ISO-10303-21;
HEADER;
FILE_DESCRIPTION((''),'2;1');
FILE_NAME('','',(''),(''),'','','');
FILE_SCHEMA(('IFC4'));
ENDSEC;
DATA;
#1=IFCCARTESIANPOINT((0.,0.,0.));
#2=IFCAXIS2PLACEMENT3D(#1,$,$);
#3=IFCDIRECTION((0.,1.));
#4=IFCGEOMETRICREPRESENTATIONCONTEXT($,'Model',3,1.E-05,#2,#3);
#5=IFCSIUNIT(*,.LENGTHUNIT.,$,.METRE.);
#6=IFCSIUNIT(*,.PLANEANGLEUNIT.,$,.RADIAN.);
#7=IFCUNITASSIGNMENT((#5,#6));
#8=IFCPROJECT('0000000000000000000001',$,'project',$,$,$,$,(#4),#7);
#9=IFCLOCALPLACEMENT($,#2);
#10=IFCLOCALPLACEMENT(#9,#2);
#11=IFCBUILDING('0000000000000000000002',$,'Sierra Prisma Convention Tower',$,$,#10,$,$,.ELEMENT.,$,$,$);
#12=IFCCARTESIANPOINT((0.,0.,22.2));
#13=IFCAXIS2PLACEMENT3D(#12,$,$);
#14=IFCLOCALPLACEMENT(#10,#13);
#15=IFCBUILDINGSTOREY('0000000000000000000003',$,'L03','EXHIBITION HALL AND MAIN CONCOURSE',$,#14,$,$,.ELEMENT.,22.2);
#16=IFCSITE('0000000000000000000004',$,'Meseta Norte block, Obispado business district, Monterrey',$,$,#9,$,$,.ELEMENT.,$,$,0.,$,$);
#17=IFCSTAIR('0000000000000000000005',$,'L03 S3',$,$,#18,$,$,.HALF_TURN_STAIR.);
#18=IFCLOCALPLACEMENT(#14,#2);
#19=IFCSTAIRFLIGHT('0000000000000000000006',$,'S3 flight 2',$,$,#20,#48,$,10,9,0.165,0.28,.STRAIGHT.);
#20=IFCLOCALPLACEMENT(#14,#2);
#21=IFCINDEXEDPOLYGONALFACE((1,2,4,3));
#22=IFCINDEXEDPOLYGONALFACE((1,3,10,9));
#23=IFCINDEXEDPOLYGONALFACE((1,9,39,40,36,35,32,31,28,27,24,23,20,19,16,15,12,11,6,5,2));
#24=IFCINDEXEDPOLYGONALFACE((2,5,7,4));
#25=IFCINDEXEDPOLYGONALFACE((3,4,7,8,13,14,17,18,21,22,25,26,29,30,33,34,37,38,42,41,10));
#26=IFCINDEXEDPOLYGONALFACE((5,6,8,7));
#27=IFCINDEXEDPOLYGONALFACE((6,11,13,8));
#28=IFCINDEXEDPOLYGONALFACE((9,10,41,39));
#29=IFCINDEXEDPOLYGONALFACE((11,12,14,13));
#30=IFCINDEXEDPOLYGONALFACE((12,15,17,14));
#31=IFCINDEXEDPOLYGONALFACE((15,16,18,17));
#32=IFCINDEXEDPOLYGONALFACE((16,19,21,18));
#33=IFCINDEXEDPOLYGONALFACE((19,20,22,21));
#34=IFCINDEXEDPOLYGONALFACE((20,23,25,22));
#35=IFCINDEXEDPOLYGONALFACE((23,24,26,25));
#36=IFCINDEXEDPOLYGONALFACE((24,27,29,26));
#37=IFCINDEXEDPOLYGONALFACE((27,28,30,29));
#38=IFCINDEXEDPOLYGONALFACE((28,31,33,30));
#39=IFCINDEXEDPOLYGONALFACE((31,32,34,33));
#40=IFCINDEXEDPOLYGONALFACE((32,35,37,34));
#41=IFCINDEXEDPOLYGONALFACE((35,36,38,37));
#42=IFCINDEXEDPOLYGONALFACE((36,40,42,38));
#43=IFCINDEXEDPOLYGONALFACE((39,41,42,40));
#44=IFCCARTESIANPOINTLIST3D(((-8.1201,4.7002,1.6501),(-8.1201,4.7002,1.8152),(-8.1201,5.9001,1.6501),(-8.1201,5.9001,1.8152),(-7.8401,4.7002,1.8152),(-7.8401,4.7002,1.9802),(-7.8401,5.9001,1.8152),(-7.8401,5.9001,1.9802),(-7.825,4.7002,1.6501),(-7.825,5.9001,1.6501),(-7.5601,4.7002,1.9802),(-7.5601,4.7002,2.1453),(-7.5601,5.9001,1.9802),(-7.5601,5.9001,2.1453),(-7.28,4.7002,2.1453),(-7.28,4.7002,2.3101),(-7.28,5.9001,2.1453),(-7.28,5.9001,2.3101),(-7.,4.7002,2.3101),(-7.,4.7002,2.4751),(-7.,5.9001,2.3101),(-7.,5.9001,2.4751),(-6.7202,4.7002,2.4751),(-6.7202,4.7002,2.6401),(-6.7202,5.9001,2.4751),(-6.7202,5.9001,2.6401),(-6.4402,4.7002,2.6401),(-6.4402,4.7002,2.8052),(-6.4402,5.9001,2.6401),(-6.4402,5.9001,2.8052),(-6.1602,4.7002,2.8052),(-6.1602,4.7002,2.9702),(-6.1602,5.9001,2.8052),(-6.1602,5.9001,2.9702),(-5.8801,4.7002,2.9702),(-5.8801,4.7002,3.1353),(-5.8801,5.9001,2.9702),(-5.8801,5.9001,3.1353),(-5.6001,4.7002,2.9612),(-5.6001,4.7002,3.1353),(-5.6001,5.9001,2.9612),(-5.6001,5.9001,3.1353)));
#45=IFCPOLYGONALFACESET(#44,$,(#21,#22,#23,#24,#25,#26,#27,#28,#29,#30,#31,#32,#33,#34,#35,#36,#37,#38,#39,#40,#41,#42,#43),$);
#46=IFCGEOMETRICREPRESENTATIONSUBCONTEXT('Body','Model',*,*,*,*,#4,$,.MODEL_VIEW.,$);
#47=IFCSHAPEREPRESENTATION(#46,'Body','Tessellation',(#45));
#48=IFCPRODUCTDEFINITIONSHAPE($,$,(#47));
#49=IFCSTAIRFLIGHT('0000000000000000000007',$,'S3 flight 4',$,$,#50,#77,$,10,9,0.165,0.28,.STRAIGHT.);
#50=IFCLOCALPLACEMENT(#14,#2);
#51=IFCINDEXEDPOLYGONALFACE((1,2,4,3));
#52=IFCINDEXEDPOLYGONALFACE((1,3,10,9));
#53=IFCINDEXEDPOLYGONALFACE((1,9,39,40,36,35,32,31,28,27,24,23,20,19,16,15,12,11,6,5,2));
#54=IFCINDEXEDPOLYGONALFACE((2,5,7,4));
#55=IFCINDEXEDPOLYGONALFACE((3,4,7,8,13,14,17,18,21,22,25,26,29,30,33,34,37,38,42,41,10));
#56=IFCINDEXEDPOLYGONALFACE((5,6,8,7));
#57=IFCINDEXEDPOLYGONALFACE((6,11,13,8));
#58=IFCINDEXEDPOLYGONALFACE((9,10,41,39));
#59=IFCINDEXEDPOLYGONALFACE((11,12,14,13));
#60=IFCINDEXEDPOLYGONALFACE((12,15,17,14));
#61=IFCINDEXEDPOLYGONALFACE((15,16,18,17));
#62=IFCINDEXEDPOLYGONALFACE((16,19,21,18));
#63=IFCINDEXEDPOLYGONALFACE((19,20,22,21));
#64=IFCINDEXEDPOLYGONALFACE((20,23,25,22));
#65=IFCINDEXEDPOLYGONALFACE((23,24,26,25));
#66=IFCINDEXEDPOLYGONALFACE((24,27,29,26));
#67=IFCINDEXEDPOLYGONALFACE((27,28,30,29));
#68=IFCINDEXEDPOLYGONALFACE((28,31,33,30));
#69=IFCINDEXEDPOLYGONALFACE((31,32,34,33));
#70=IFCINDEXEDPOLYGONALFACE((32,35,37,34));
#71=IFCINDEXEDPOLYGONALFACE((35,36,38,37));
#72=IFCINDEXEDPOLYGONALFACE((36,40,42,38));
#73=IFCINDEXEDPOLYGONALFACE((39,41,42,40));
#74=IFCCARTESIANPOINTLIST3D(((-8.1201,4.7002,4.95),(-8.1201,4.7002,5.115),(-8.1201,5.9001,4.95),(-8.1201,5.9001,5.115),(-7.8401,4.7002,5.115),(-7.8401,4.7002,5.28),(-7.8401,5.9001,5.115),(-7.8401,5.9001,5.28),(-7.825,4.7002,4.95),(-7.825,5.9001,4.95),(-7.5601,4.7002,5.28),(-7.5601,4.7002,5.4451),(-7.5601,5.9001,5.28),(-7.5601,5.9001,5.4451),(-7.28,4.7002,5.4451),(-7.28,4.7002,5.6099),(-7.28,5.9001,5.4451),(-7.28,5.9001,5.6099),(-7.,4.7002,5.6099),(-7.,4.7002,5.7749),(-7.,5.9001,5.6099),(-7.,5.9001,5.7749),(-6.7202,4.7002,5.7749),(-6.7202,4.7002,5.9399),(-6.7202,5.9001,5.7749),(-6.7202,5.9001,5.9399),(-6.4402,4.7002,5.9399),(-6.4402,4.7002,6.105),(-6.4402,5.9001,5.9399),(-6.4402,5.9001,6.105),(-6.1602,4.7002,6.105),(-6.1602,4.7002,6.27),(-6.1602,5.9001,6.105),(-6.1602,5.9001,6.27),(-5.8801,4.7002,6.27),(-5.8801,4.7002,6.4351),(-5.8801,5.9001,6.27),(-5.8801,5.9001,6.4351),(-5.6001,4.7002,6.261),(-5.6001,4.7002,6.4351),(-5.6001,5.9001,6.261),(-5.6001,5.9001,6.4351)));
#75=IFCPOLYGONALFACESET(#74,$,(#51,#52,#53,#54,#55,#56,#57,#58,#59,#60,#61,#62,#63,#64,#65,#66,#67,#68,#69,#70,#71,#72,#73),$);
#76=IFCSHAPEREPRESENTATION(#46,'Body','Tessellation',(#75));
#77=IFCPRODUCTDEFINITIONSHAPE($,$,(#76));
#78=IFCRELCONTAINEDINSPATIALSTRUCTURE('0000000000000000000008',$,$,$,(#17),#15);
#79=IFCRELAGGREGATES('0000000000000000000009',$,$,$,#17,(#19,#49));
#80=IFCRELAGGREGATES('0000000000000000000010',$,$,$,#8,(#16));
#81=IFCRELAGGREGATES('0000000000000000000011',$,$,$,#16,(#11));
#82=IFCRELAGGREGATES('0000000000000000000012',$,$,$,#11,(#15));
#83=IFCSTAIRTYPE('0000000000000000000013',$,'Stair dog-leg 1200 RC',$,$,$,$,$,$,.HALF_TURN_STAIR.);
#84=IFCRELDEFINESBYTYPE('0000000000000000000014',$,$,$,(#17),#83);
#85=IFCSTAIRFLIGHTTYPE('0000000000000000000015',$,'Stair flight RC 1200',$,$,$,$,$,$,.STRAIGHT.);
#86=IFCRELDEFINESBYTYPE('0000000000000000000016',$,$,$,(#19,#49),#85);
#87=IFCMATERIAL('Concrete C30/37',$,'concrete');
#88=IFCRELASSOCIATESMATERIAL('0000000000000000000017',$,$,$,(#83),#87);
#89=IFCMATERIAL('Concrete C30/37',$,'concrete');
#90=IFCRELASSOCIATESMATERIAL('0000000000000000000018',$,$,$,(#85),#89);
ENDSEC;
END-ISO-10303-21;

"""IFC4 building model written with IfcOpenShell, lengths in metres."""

from ifc_helpers import new_model, si_unit, direction, frame, origin, place, context, subcontext, project, spatial, polyline, outline, extrude, material, type_object, element, aggregate, save


model = new_model("IFC4")

# Units and contexts
model_context = context("Model", 3, precision=1e-05, world=origin(), true_north=direction((0.0, 1.0)))
body_context = subcontext(model_context, "Body", "Model", "MODEL_VIEW")
ifc_project = project(units=[si_unit("LENGTHUNIT", "METRE"), si_unit("PLANEANGLEUNIT", "RADIAN")], contexts=[model_context])

# Site, building, storey
site_placement = place(None, origin())
site = spatial("IfcSite", under=ifc_project, at=site_placement, Name="Meseta Norte block, Obispado business district, Monterrey", CompositionType="ELEMENT", RefElevation=0.0)
building_placement = place(site_placement, origin())
building = spatial("IfcBuilding", under=site, at=building_placement, Name="Sierra Prisma Convention Tower", CompositionType="ELEMENT")
storey_placement = place(building_placement, frame((0.0, 0.0, 22.2)))
storey = spatial("IfcBuildingStorey", under=building, at=storey_placement, Name="L03", Description="EXHIBITION HALL AND MAIN CONCOURSE", CompositionType="ELEMENT", Elevation=22.2)

# Stair, stair flights
ifc_material_1 = material(Name="Concrete C30/37", Category="concrete")
stair_type = type_object("IfcStairType", Name="Stair dog-leg 1200 RC", PredefinedType="HALF_TURN_STAIR", material=ifc_material_1)
stair_placement = place(storey_placement, origin())
stair = element("IfcStair", 1, at=stair_placement, inside=storey, type_object=stair_type, Name="L03 S3", PredefinedType="HALF_TURN_STAIR")
ifc_material_2 = material(Name="Concrete C30/37", Category="concrete")
stair_flight_type = type_object("IfcStairFlightType", Name="Stair flight RC 1200", PredefinedType="STRAIGHT", material=ifc_material_2)
stair_flight_1_placement = place(storey_placement, frame((-8.1201, 5.3, 1.6501), z_axis=(0.0, 0.0, 1.0), x_axis=(1.0, 0.0, 0.0)))
stair_flight_1 = element("IfcStairFlight", 2, at=stair_flight_1_placement, type_object=stair_flight_type, Name="S3 flight 2", NumberOfRisers=10, NumberOfTreads=9, PredefinedType="STRAIGHT", RiserHeight=0.165, TreadLength=0.28, context=body_context, shape_type="SweptSolid", body=[
    extrude(outline(polyline([(0.0, 0.0), (0.0, 0.165), (0.28, 0.165), (0.28, 0.3301), (0.5601, 0.3301), (0.5601, 0.4951), (0.8401, 0.4951), (0.8401, 0.6599), (1.1201, 0.6599), (1.1201, 0.825), (1.3999, 0.825), (1.3999, 0.99), (1.6799, 0.99), (1.6799, 1.155), (1.96, 1.155), (1.96, 1.3201), (2.24, 1.3201), (2.24, 1.4851), (2.52, 1.4851), (2.52, 1.6499), (2.52, 1.311), (0.2952, 0.0), (0.0, 0.0)])), frame((0.0, 0.6001, 0.0), z_axis=(0.0, -1.0, 0.0), x_axis=(1.0, 0.0, 0.0)), (0.0, 0.0, 1.0), 1.2),
])
stair_flight_2_placement = place(storey_placement, frame((-8.1201, 5.3, 4.95), z_axis=(0.0, 0.0, 1.0), x_axis=(1.0, 0.0, 0.0)))
stair_flight_2 = element("IfcStairFlight", 3, at=stair_flight_2_placement, type_object=stair_flight_type, Name="S3 flight 4", NumberOfRisers=10, NumberOfTreads=9, PredefinedType="STRAIGHT", RiserHeight=0.165, TreadLength=0.28, context=body_context, shape_type="SweptSolid", body=[
    extrude(outline(polyline([(0.0, 0.0), (0.0, 0.165), (0.28, 0.165), (0.28, 0.3301), (0.5601, 0.3301), (0.5601, 0.4951), (0.8401, 0.4951), (0.8401, 0.6599), (1.1201, 0.6599), (1.1201, 0.825), (1.3999, 0.825), (1.3999, 0.99), (1.6799, 0.99), (1.6799, 1.155), (1.96, 1.155), (1.96, 1.3201), (2.24, 1.3201), (2.24, 1.4851), (2.52, 1.4851), (2.52, 1.6499), (2.52, 1.311), (0.2952, 0.0), (0.0, 0.0)])), frame((0.0, 0.6001, 0.0), z_axis=(0.0, -1.0, 0.0), x_axis=(1.0, 0.0, 0.0)), (0.0, 0.0, 1.0), 1.2),
])
aggregate(stair, [stair_flight_1, stair_flight_2])

save(model, "model.ifc")
